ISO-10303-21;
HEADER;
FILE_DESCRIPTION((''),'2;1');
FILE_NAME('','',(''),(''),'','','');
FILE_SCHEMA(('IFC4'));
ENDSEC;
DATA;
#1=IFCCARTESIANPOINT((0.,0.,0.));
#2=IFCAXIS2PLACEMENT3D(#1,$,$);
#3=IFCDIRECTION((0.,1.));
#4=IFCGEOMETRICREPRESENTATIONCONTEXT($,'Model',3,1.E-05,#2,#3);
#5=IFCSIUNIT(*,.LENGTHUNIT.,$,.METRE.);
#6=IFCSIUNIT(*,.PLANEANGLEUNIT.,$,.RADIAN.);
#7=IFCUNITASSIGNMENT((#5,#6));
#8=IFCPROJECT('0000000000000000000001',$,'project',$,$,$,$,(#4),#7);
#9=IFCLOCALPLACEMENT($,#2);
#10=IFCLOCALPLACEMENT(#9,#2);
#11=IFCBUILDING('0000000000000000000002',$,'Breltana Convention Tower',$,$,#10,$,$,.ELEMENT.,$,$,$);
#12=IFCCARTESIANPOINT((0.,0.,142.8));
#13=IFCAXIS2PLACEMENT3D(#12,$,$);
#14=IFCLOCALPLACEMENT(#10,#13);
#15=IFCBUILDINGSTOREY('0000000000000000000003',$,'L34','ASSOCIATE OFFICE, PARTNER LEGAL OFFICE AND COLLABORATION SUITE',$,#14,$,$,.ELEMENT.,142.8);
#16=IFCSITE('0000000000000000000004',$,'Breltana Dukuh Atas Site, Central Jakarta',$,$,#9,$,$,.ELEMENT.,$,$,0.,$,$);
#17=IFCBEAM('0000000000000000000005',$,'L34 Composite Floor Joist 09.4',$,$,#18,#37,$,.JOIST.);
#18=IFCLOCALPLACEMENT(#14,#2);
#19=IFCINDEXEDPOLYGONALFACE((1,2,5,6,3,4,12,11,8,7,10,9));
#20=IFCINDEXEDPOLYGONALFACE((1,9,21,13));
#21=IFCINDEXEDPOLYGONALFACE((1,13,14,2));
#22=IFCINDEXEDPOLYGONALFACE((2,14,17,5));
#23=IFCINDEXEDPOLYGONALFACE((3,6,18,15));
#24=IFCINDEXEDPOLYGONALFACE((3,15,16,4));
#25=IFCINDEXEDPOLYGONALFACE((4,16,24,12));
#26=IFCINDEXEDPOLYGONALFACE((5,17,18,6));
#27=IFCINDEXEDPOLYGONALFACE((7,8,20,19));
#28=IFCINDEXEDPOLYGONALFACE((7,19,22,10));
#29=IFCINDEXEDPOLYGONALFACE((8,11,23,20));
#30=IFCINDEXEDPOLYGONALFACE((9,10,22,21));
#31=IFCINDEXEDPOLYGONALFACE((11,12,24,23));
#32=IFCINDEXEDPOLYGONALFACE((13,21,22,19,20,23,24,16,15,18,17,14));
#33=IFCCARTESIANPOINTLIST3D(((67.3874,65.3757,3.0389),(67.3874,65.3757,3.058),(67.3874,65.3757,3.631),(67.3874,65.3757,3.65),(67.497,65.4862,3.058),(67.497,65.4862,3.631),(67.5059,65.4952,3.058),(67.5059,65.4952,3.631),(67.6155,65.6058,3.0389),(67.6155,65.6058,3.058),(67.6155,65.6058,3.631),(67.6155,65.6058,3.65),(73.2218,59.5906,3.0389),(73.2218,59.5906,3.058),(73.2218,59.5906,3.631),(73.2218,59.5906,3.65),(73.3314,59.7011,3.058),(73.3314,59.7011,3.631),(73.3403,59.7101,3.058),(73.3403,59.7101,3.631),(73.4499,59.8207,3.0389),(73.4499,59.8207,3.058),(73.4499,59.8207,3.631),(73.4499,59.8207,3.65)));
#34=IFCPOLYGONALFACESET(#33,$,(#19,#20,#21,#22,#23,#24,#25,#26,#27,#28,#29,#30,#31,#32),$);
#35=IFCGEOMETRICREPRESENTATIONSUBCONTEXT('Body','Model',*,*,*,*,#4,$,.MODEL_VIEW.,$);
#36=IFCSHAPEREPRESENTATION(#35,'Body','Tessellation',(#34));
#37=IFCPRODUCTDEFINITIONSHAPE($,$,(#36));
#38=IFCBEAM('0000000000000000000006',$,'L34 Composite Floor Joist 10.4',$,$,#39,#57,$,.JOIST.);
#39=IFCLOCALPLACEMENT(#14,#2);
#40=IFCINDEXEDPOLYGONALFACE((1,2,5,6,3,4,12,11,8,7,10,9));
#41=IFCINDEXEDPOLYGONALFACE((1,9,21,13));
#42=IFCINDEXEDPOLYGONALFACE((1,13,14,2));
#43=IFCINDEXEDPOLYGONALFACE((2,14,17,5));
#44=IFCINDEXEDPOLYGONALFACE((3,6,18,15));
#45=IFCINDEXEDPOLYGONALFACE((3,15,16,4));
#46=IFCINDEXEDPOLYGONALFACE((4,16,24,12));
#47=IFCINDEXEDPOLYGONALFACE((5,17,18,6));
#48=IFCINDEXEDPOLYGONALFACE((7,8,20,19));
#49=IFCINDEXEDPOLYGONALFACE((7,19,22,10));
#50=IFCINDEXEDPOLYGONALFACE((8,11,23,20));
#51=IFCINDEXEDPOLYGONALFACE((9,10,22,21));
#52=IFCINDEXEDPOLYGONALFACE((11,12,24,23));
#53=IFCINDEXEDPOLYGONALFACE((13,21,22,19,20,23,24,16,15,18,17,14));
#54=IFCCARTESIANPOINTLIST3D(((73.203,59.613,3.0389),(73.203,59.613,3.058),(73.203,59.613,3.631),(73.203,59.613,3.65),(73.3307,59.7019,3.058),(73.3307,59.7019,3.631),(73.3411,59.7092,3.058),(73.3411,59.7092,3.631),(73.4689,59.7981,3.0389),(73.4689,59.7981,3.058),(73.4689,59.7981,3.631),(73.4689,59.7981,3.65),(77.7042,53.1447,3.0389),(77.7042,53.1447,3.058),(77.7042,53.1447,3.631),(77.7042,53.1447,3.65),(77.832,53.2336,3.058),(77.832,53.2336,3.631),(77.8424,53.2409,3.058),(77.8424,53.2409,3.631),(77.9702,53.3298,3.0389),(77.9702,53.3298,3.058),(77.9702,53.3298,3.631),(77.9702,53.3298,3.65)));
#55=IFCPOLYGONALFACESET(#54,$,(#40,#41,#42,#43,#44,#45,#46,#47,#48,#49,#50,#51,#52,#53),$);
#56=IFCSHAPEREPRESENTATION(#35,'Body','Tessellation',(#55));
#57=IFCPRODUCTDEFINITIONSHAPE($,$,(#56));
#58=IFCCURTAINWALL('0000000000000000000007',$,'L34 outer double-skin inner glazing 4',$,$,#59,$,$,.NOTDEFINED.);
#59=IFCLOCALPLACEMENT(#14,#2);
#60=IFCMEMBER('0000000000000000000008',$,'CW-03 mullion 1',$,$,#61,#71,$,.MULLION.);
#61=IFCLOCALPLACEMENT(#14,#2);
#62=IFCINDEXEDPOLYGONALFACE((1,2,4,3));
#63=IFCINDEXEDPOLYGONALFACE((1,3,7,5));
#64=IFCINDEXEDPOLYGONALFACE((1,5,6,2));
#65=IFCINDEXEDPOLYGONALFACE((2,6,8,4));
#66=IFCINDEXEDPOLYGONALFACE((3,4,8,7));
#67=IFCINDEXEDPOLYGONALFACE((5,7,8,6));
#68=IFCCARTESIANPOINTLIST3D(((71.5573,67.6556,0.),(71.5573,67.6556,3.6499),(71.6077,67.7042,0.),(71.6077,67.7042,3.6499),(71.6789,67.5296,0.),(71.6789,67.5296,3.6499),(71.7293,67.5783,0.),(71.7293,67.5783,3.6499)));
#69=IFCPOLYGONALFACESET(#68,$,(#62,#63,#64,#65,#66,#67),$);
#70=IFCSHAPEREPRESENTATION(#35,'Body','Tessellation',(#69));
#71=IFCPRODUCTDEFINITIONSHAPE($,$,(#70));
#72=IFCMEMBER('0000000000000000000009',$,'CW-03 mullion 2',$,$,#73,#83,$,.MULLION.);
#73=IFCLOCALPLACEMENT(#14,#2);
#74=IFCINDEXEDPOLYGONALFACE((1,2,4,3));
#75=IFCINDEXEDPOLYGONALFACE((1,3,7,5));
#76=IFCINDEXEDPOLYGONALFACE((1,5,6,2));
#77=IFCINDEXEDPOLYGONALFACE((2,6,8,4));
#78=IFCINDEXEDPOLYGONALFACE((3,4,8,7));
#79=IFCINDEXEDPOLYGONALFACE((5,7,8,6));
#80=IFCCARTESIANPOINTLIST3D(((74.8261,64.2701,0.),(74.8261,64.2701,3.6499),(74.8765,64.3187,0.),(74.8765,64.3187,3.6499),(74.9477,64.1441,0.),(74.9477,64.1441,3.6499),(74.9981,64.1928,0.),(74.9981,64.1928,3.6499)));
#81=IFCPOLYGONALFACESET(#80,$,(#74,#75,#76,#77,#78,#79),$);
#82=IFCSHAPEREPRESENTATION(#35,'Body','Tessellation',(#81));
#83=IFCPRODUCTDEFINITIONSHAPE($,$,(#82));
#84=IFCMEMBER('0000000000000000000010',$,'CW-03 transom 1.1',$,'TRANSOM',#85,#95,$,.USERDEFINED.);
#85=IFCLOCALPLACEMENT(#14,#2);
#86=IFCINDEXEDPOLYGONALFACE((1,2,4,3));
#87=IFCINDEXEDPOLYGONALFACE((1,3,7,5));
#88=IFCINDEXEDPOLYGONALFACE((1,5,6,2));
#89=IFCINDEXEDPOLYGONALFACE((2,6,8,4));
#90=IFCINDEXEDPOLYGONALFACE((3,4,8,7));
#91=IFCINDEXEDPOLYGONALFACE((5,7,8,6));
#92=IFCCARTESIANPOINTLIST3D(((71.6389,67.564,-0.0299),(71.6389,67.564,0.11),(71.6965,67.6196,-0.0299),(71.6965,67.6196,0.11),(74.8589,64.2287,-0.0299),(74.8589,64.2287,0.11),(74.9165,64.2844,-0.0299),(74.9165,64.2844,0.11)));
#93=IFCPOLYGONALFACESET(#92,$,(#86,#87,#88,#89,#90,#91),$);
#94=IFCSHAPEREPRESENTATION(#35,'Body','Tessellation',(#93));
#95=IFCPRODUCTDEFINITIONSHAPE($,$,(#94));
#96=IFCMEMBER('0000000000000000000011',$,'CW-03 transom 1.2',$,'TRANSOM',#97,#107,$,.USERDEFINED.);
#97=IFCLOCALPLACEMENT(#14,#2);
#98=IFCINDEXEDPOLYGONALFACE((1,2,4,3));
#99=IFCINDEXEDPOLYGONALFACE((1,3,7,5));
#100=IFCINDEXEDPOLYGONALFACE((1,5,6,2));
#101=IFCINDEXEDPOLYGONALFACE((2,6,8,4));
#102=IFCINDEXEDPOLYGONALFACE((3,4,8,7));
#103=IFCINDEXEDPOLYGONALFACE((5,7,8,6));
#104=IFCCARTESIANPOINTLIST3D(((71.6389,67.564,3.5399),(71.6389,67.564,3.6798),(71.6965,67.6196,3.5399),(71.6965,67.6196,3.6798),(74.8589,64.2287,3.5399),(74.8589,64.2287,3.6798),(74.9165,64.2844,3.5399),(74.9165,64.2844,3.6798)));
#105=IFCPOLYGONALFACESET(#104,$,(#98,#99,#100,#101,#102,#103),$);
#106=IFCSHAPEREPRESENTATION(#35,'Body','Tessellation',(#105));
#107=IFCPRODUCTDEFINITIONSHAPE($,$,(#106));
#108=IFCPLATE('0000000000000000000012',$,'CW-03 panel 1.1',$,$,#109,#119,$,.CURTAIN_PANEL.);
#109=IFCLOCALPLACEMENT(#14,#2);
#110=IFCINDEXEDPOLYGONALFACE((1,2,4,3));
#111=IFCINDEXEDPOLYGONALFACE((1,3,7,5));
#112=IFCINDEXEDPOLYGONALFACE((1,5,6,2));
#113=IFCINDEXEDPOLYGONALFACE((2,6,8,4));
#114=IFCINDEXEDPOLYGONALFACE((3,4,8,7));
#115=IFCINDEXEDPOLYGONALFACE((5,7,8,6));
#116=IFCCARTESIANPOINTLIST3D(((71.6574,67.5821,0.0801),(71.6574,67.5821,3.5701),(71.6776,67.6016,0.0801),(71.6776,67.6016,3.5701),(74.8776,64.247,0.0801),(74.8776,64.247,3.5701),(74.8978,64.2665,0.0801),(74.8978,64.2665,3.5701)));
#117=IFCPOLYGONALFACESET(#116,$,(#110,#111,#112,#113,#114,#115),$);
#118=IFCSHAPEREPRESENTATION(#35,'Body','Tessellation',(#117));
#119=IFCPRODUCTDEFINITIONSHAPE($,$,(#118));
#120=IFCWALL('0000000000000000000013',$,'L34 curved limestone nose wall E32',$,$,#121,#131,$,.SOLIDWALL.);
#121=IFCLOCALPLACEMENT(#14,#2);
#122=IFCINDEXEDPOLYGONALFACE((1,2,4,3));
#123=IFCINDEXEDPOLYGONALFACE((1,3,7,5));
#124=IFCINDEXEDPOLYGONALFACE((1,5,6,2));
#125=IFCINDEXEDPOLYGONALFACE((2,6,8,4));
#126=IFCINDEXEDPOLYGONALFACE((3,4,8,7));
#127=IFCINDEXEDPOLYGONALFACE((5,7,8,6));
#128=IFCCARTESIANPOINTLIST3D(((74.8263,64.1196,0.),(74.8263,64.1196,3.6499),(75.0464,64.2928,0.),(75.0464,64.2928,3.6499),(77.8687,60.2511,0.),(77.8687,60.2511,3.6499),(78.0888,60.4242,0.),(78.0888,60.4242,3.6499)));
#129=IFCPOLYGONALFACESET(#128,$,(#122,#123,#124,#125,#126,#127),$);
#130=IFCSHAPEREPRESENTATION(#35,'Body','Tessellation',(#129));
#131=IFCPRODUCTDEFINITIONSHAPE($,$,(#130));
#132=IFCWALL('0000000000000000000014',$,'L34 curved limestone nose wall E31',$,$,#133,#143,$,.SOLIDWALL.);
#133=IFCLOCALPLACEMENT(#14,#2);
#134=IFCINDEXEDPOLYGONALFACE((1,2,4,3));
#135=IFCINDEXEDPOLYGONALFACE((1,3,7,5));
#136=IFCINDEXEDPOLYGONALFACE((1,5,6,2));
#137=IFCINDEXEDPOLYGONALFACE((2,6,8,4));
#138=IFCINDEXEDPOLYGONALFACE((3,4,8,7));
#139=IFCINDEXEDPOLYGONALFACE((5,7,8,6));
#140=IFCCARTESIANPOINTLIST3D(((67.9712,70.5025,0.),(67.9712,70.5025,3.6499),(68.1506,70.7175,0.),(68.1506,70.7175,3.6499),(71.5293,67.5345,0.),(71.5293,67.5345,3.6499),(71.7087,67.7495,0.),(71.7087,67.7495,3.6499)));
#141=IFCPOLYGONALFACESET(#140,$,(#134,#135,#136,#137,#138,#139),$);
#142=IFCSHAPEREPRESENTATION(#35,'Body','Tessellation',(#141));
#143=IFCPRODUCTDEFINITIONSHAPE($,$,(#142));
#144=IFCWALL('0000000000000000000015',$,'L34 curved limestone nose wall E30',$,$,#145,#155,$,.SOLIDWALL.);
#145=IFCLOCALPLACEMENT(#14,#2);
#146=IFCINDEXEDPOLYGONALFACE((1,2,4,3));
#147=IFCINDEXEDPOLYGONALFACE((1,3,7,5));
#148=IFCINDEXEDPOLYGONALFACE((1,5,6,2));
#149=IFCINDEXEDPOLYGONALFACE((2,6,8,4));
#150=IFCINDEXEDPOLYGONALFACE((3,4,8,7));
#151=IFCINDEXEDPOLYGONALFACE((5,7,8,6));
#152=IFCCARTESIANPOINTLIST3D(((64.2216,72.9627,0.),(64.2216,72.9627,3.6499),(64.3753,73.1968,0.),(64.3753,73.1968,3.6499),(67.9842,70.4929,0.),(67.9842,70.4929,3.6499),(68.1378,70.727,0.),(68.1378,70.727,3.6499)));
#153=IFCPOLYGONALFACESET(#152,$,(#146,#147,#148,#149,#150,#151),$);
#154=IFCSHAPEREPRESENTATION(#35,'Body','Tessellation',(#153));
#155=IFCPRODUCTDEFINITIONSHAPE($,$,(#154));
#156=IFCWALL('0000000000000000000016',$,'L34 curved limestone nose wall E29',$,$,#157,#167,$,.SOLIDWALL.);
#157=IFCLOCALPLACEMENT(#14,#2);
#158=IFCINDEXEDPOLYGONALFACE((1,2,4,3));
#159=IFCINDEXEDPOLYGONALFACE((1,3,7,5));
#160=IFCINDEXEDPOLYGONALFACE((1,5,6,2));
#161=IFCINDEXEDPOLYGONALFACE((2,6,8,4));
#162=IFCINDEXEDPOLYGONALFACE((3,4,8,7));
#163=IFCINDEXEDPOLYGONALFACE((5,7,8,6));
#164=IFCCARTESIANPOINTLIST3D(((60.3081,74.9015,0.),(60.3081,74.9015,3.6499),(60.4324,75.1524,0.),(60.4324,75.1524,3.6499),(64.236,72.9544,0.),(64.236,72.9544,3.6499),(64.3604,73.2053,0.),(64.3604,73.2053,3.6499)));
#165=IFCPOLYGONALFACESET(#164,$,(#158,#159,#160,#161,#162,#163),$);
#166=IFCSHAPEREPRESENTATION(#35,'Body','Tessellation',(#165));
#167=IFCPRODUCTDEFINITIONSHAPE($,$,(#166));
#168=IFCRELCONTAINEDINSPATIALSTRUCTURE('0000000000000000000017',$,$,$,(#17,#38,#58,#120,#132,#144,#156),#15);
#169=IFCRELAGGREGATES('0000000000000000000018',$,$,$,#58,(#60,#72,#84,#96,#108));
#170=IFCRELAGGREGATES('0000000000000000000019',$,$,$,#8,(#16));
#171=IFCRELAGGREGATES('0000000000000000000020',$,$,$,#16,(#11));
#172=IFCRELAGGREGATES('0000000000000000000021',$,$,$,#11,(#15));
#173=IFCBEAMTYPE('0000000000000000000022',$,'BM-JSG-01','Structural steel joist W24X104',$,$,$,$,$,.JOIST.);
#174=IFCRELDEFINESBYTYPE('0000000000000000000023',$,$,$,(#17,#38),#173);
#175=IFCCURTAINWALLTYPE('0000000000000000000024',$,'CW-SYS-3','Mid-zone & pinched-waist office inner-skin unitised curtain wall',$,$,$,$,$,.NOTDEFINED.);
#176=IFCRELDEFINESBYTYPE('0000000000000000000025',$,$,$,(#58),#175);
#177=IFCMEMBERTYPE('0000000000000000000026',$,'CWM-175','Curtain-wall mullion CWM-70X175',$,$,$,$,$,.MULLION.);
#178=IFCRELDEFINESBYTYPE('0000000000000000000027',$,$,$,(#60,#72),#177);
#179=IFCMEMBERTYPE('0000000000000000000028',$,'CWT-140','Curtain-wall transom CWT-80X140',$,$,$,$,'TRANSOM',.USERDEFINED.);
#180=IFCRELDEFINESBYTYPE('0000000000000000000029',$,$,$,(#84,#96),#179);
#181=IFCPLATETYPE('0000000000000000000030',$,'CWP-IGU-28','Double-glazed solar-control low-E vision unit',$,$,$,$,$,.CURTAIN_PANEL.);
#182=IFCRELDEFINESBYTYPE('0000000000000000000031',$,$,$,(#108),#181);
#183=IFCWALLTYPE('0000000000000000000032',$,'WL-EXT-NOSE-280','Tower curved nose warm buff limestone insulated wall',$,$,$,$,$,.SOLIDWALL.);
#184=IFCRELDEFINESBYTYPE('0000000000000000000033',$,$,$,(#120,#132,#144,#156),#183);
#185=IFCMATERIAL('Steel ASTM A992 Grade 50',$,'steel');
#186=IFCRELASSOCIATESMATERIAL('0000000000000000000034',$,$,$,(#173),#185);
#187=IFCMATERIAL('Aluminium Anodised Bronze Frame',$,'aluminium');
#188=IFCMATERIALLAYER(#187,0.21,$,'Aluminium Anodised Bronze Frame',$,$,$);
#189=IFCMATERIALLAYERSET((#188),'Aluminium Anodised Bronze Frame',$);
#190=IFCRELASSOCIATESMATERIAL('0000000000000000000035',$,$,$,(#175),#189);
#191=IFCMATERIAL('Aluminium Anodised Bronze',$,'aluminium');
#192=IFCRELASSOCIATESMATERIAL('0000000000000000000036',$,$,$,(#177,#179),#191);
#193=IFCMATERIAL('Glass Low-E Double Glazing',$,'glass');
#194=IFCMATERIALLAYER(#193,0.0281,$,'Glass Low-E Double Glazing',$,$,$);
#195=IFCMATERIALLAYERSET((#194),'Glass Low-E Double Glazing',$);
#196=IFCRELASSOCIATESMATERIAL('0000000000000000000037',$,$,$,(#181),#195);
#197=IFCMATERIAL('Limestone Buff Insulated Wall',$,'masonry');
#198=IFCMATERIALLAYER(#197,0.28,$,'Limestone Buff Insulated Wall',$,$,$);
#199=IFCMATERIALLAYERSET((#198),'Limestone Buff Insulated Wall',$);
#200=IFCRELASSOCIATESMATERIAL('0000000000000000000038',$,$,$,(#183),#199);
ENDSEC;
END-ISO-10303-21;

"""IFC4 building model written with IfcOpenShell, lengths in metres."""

from ifc_helpers import new_model, si_unit, direction, frame, frame_2d, origin, origin_2d, place, context, subcontext, project, spatial, rectangle, i_section, extrude, source, transform, mapped, material, layer, layer_set, material_profile, profile_set, type_object, element, aggregate, save


model = new_model("IFC4")

# Units and contexts
model_context = context("Model", 3, precision=1e-05, world=origin(), true_north=direction((0.0, 1.0)))
body_context = subcontext(model_context, "Body", "Model", "MODEL_VIEW")
ifc_project = project(units=[si_unit("LENGTHUNIT", "METRE"), si_unit("PLANEANGLEUNIT", "RADIAN")], contexts=[model_context])

# Site, building, storey
site_placement = place(None, origin())
site = spatial("IfcSite", under=ifc_project, at=site_placement, Name="Breltana Dukuh Atas Site, Central Jakarta", CompositionType="ELEMENT", RefElevation=0.0)
building_placement = place(site_placement, origin())
building = spatial("IfcBuilding", under=site, at=building_placement, Name="Breltana Convention Tower", CompositionType="ELEMENT")
storey_placement = place(building_placement, frame((0.0, 0.0, 142.8)))
storey = spatial("IfcBuildingStorey", under=building, at=storey_placement, Name="L34", Description="ASSOCIATE OFFICE, PARTNER LEGAL OFFICE AND COLLABORATION SUITE", CompositionType="ELEMENT", Elevation=142.8)

# Beams
ifc_material_1 = material(Name="Steel ASTM A992 Grade 50", Category="steel")
ifc_material_profile_1 = material_profile(ifc_material_1, i_section(OverallWidth=0.324, OverallDepth=0.6111, WebThickness=0.0127, FlangeThickness=0.019, at=origin_2d()), Name="W24X104")
ifc_profile_set_1 = profile_set([ifc_material_profile_1], Name="Steel ASTM A992 Grade 50")
beam_type_1 = type_object("IfcBeamType", Name="BM-JSG-01", Description="Structural steel joist W24X104", PredefinedType="JOIST", material=ifc_profile_set_1)
shared_shape_1 = source(origin(), body_context, "Body", "SweptSolid", [
    extrude(i_section(OverallWidth=0.324, OverallDepth=0.6111, WebThickness=0.0127, FlangeThickness=0.019, at=origin_2d()), origin(), (0.0, 0.0, 1.0), 8.2163),
])
beam_1_placement = place(storey_placement, frame((67.5015, 65.4907, 3.3445), z_axis=(0.710102, -0.704099, 0.0), x_axis=(0.704099, 0.710102, 0.0)))
element("IfcBeam", 1, at=beam_1_placement, inside=storey, type_object=beam_type_1, Name="L34 Composite Floor Joist 09.4", PredefinedType="JOIST", context=body_context, shape_type="MappedRepresentation", body=[
    mapped(shared_shape_1, transform((0.0, 0.0, 0.0), scale=1.0)),
])
shared_shape_2 = source(origin(), body_context, "Body", "SweptSolid", [
    extrude(i_section(OverallWidth=0.324, OverallDepth=0.6111, WebThickness=0.0127, FlangeThickness=0.019, at=origin_2d()), origin(), (0.0, 0.0, 1.0), 7.8804),
])
beam_2_placement = place(storey_placement, frame((73.3359, 59.7056, 3.3445), z_axis=(0.571198, -0.820812, 0.0), x_axis=(0.820812, 0.571198, 0.0)))
element("IfcBeam", 2, at=beam_2_placement, inside=storey, type_object=beam_type_1, Name="L34 Composite Floor Joist 10.4", PredefinedType="JOIST", context=body_context, shape_type="MappedRepresentation", body=[
    mapped(shared_shape_2, transform((0.0, 0.0, 0.0), scale=1.0)),
])

# Curtain wall, members, plate
ifc_material_2 = material(Name="Aluminium Anodised Bronze Frame", Category="aluminium")
ifc_layer_1 = layer(ifc_material_2, 0.21, Name="Aluminium Anodised Bronze Frame")
ifc_layer_set_1 = layer_set([ifc_layer_1], Name="Aluminium Anodised Bronze Frame")
curtain_wall_type = type_object("IfcCurtainWallType", Name="CW-SYS-3", Description="Mid-zone & pinched-waist office inner-skin unitised curtain wall", PredefinedType="NOTDEFINED", material=ifc_layer_set_1)
curtain_wall_placement = place(storey_placement, origin())
curtain_wall = element("IfcCurtainWall", 3, at=curtain_wall_placement, inside=storey, type_object=curtain_wall_type, Name="L34 outer double-skin inner glazing 4", PredefinedType="NOTDEFINED")
ifc_material_3 = material(Name="Aluminium Anodised Bronze", Category="aluminium")
ifc_material_profile_2 = material_profile(ifc_material_3, rectangle(XDim=0.0701, YDim=0.175, at=origin_2d()), Name="CWM-70X175")
ifc_profile_set_2 = profile_set([ifc_material_profile_2], Name="Aluminium Anodised Bronze")
member_type_1 = type_object("IfcMemberType", Name="CWM-175", Description="Curtain-wall mullion CWM-70X175", PredefinedType="MULLION", material=ifc_profile_set_2)
shared_shape_3 = source(origin(), body_context, "Body", "SweptSolid", [
    extrude(rectangle(XDim=0.0701, YDim=0.175, at=origin_2d()), origin(), (0.0, 0.0, 1.0), 3.6499),
])
member_1_placement = place(storey_placement, frame((71.6433, 67.6169, 0.0), z_axis=(0.0, 0.0, 1.0), x_axis=(0.719394, 0.694603, 0.0)))
member_1 = element("IfcMember", 4, at=member_1_placement, type_object=member_type_1, Name="CW-03 mullion 1", PredefinedType="MULLION", context=body_context, shape_type="MappedRepresentation", body=[
    mapped(shared_shape_3, transform((0.0, 0.0, 0.0), scale=1.0)),
])
member_2_placement = place(storey_placement, frame((74.9121, 64.2314, 0.0), z_axis=(0.0, 0.0, 1.0), x_axis=(0.719394, 0.694603, 0.0)))
member_2 = element("IfcMember", 5, at=member_2_placement, type_object=member_type_1, Name="CW-03 mullion 2", PredefinedType="MULLION", context=body_context, shape_type="MappedRepresentation", body=[
    mapped(shared_shape_3, transform((0.0, 0.0, 0.0), scale=1.0)),
])
ifc_material_profile_3 = material_profile(ifc_material_3, rectangle(XDim=0.0801, YDim=0.1399, at=origin_2d()), Name="CWT-80X140")
ifc_profile_set_3 = profile_set([ifc_material_profile_3], Name="Aluminium Anodised Bronze")
member_type_2 = type_object("IfcMemberType", Name="CWT-140", Description="Curtain-wall transom CWT-80X140", ElementType="TRANSOM", PredefinedType="USERDEFINED", material=ifc_profile_set_3)
shared_shape_4 = source(origin(), body_context, "Body", "SweptSolid", [
    extrude(rectangle(XDim=0.0801, YDim=0.1399, at=origin_2d()), origin(), (0.0, 0.0, 1.0), 4.636),
])
member_3_placement = place(storey_placement, frame((71.6677, 67.5918, 0.04), z_axis=(0.694569, -0.719426, 0.0), x_axis=(0.719426, 0.694569, 0.0)))
member_3 = element("IfcMember", 6, at=member_3_placement, type_object=member_type_2, Name="CW-03 transom 1.1", ObjectType="TRANSOM", PredefinedType="USERDEFINED", context=body_context, shape_type="MappedRepresentation", body=[
    mapped(shared_shape_4, transform((0.0, 0.0, 0.0), scale=1.0)),
])
member_4_placement = place(storey_placement, frame((71.6677, 67.5918, 3.6099), z_axis=(0.694569, -0.719426, 0.0), x_axis=(0.719426, 0.694569, 0.0)))
member_4 = element("IfcMember", 7, at=member_4_placement, type_object=member_type_2, Name="CW-03 transom 1.2", ObjectType="TRANSOM", PredefinedType="USERDEFINED", context=body_context, shape_type="MappedRepresentation", body=[
    mapped(shared_shape_4, transform((0.0, 0.0, 0.0), scale=1.0)),
])
ifc_material_4 = material(Name="Glass Low-E Double Glazing", Category="glass")
ifc_layer_2 = layer(ifc_material_4, 0.0281, Name="Glass Low-E Double Glazing")
ifc_layer_set_2 = layer_set([ifc_layer_2], Name="Glass Low-E Double Glazing")
plate_type = type_object("IfcPlateType", Name="CWP-IGU-28", Description="Double-glazed solar-control low-E vision unit", PredefinedType="CURTAIN_PANEL", material=ifc_layer_set_2)
shared_shape_5 = source(origin(), body_context, "Body", "SweptSolid", [
    extrude(rectangle(XDim=4.636, YDim=0.0281, at=origin_2d()), origin(), (0.0, 0.0, 1.0), 3.49),
])
plate_placement = place(storey_placement, frame((73.2776, 65.9243, 0.0801), z_axis=(0.0, 0.0, 1.0), x_axis=(0.694603, -0.719394, 0.0)))
plate = element("IfcPlate", 8, at=plate_placement, type_object=plate_type, Name="CW-03 panel 1.1", PredefinedType="CURTAIN_PANEL", context=body_context, shape_type="MappedRepresentation", body=[
    mapped(shared_shape_5, transform((0.0, 0.0, 0.0), scale=1.0)),
])
aggregate(curtain_wall, [member_1, member_2, member_3, member_4, plate])

# Walls
ifc_material_5 = material(Name="Limestone Buff Insulated Wall", Category="masonry")
ifc_layer_3 = layer(ifc_material_5, 0.28, Name="Limestone Buff Insulated Wall")
ifc_layer_set_3 = layer_set([ifc_layer_3], Name="Limestone Buff Insulated Wall")
wall_type_1 = type_object("IfcWallType", Name="WL-EXT-NOSE-280", Description="Tower curved nose warm buff limestone insulated wall", PredefinedType="SOLIDWALL", material=ifc_layer_set_3)
shared_shape_6 = source(origin(), body_context, "Body", "SweptSolid", [
    extrude(rectangle(XDim=4.9216, YDim=0.28, at=frame_2d((2.4609, 0.0))), origin(), (0.0, 0.0, 1.0), 3.6499),
])
wall_1_placement = place(storey_placement, frame((74.9363, 64.2063, 0.0), z_axis=(0.0, 0.0, 1.0), x_axis=(0.618176, -0.786039, 0.0)))
element("IfcWall", 9, at=wall_1_placement, inside=storey, type_object=wall_type_1, Name="L34 curved limestone nose wall E32", PredefinedType="SOLIDWALL", context=body_context, shape_type="MappedRepresentation", body=[
    mapped(shared_shape_6, transform((0.0, 0.0, 0.0), scale=1.0)),
])
shared_shape_7 = source(origin(), body_context, "Body", "SweptSolid", [
    extrude(rectangle(XDim=4.6335, YDim=0.28, at=frame_2d((2.3169, 0.0))), origin(), (0.0, 0.0, 1.0), 3.6499),
])
wall_2_placement = place(storey_placement, frame((68.0608, 70.6101, 0.0), z_axis=(0.0, 0.0, 1.0), x_axis=(0.76791, -0.640557, 0.0)))
element("IfcWall", 10, at=wall_2_placement, inside=storey, type_object=wall_type_1, Name="L34 curved limestone nose wall E31", PredefinedType="SOLIDWALL", context=body_context, shape_type="MappedRepresentation", body=[
    mapped(shared_shape_7, transform((0.0, 0.0, 0.0), scale=1.0)),
])
shared_shape_8 = source(origin(), body_context, "Body", "SweptSolid", [
    extrude(rectangle(XDim=4.5007, YDim=0.28, at=frame_2d((2.2505, 0.0))), origin(), (0.0, 0.0, 1.0), 3.6499),
])
wall_3_placement = place(storey_placement, frame((64.2983, 73.0798, 0.0), z_axis=(0.0, 0.0, 1.0), x_axis=(0.835985, -0.548752, 0.0)))
element("IfcWall", 11, at=wall_3_placement, inside=storey, type_object=wall_type_1, Name="L34 curved limestone nose wall E30", PredefinedType="SOLIDWALL", context=body_context, shape_type="MappedRepresentation", body=[
    mapped(shared_shape_8, transform((0.0, 0.0, 0.0), scale=1.0)),
])
shared_shape_9 = source(origin(), body_context, "Body", "SweptSolid", [
    extrude(rectangle(XDim=4.384, YDim=0.28, at=frame_2d((2.1919, 0.0))), origin(), (0.0, 0.0, 1.0), 3.6499),
])
wall_4_placement = place(storey_placement, frame((60.3704, 75.0269, 0.0), z_axis=(0.0, 0.0, 1.0), x_axis=(0.89597, -0.444115, 0.0)))
element("IfcWall", 12, at=wall_4_placement, inside=storey, type_object=wall_type_1, Name="L34 curved limestone nose wall E29", PredefinedType="SOLIDWALL", context=body_context, shape_type="MappedRepresentation", body=[
    mapped(shared_shape_9, transform((0.0, 0.0, 0.0), scale=1.0)),
])

save(model, "model.ifc")
